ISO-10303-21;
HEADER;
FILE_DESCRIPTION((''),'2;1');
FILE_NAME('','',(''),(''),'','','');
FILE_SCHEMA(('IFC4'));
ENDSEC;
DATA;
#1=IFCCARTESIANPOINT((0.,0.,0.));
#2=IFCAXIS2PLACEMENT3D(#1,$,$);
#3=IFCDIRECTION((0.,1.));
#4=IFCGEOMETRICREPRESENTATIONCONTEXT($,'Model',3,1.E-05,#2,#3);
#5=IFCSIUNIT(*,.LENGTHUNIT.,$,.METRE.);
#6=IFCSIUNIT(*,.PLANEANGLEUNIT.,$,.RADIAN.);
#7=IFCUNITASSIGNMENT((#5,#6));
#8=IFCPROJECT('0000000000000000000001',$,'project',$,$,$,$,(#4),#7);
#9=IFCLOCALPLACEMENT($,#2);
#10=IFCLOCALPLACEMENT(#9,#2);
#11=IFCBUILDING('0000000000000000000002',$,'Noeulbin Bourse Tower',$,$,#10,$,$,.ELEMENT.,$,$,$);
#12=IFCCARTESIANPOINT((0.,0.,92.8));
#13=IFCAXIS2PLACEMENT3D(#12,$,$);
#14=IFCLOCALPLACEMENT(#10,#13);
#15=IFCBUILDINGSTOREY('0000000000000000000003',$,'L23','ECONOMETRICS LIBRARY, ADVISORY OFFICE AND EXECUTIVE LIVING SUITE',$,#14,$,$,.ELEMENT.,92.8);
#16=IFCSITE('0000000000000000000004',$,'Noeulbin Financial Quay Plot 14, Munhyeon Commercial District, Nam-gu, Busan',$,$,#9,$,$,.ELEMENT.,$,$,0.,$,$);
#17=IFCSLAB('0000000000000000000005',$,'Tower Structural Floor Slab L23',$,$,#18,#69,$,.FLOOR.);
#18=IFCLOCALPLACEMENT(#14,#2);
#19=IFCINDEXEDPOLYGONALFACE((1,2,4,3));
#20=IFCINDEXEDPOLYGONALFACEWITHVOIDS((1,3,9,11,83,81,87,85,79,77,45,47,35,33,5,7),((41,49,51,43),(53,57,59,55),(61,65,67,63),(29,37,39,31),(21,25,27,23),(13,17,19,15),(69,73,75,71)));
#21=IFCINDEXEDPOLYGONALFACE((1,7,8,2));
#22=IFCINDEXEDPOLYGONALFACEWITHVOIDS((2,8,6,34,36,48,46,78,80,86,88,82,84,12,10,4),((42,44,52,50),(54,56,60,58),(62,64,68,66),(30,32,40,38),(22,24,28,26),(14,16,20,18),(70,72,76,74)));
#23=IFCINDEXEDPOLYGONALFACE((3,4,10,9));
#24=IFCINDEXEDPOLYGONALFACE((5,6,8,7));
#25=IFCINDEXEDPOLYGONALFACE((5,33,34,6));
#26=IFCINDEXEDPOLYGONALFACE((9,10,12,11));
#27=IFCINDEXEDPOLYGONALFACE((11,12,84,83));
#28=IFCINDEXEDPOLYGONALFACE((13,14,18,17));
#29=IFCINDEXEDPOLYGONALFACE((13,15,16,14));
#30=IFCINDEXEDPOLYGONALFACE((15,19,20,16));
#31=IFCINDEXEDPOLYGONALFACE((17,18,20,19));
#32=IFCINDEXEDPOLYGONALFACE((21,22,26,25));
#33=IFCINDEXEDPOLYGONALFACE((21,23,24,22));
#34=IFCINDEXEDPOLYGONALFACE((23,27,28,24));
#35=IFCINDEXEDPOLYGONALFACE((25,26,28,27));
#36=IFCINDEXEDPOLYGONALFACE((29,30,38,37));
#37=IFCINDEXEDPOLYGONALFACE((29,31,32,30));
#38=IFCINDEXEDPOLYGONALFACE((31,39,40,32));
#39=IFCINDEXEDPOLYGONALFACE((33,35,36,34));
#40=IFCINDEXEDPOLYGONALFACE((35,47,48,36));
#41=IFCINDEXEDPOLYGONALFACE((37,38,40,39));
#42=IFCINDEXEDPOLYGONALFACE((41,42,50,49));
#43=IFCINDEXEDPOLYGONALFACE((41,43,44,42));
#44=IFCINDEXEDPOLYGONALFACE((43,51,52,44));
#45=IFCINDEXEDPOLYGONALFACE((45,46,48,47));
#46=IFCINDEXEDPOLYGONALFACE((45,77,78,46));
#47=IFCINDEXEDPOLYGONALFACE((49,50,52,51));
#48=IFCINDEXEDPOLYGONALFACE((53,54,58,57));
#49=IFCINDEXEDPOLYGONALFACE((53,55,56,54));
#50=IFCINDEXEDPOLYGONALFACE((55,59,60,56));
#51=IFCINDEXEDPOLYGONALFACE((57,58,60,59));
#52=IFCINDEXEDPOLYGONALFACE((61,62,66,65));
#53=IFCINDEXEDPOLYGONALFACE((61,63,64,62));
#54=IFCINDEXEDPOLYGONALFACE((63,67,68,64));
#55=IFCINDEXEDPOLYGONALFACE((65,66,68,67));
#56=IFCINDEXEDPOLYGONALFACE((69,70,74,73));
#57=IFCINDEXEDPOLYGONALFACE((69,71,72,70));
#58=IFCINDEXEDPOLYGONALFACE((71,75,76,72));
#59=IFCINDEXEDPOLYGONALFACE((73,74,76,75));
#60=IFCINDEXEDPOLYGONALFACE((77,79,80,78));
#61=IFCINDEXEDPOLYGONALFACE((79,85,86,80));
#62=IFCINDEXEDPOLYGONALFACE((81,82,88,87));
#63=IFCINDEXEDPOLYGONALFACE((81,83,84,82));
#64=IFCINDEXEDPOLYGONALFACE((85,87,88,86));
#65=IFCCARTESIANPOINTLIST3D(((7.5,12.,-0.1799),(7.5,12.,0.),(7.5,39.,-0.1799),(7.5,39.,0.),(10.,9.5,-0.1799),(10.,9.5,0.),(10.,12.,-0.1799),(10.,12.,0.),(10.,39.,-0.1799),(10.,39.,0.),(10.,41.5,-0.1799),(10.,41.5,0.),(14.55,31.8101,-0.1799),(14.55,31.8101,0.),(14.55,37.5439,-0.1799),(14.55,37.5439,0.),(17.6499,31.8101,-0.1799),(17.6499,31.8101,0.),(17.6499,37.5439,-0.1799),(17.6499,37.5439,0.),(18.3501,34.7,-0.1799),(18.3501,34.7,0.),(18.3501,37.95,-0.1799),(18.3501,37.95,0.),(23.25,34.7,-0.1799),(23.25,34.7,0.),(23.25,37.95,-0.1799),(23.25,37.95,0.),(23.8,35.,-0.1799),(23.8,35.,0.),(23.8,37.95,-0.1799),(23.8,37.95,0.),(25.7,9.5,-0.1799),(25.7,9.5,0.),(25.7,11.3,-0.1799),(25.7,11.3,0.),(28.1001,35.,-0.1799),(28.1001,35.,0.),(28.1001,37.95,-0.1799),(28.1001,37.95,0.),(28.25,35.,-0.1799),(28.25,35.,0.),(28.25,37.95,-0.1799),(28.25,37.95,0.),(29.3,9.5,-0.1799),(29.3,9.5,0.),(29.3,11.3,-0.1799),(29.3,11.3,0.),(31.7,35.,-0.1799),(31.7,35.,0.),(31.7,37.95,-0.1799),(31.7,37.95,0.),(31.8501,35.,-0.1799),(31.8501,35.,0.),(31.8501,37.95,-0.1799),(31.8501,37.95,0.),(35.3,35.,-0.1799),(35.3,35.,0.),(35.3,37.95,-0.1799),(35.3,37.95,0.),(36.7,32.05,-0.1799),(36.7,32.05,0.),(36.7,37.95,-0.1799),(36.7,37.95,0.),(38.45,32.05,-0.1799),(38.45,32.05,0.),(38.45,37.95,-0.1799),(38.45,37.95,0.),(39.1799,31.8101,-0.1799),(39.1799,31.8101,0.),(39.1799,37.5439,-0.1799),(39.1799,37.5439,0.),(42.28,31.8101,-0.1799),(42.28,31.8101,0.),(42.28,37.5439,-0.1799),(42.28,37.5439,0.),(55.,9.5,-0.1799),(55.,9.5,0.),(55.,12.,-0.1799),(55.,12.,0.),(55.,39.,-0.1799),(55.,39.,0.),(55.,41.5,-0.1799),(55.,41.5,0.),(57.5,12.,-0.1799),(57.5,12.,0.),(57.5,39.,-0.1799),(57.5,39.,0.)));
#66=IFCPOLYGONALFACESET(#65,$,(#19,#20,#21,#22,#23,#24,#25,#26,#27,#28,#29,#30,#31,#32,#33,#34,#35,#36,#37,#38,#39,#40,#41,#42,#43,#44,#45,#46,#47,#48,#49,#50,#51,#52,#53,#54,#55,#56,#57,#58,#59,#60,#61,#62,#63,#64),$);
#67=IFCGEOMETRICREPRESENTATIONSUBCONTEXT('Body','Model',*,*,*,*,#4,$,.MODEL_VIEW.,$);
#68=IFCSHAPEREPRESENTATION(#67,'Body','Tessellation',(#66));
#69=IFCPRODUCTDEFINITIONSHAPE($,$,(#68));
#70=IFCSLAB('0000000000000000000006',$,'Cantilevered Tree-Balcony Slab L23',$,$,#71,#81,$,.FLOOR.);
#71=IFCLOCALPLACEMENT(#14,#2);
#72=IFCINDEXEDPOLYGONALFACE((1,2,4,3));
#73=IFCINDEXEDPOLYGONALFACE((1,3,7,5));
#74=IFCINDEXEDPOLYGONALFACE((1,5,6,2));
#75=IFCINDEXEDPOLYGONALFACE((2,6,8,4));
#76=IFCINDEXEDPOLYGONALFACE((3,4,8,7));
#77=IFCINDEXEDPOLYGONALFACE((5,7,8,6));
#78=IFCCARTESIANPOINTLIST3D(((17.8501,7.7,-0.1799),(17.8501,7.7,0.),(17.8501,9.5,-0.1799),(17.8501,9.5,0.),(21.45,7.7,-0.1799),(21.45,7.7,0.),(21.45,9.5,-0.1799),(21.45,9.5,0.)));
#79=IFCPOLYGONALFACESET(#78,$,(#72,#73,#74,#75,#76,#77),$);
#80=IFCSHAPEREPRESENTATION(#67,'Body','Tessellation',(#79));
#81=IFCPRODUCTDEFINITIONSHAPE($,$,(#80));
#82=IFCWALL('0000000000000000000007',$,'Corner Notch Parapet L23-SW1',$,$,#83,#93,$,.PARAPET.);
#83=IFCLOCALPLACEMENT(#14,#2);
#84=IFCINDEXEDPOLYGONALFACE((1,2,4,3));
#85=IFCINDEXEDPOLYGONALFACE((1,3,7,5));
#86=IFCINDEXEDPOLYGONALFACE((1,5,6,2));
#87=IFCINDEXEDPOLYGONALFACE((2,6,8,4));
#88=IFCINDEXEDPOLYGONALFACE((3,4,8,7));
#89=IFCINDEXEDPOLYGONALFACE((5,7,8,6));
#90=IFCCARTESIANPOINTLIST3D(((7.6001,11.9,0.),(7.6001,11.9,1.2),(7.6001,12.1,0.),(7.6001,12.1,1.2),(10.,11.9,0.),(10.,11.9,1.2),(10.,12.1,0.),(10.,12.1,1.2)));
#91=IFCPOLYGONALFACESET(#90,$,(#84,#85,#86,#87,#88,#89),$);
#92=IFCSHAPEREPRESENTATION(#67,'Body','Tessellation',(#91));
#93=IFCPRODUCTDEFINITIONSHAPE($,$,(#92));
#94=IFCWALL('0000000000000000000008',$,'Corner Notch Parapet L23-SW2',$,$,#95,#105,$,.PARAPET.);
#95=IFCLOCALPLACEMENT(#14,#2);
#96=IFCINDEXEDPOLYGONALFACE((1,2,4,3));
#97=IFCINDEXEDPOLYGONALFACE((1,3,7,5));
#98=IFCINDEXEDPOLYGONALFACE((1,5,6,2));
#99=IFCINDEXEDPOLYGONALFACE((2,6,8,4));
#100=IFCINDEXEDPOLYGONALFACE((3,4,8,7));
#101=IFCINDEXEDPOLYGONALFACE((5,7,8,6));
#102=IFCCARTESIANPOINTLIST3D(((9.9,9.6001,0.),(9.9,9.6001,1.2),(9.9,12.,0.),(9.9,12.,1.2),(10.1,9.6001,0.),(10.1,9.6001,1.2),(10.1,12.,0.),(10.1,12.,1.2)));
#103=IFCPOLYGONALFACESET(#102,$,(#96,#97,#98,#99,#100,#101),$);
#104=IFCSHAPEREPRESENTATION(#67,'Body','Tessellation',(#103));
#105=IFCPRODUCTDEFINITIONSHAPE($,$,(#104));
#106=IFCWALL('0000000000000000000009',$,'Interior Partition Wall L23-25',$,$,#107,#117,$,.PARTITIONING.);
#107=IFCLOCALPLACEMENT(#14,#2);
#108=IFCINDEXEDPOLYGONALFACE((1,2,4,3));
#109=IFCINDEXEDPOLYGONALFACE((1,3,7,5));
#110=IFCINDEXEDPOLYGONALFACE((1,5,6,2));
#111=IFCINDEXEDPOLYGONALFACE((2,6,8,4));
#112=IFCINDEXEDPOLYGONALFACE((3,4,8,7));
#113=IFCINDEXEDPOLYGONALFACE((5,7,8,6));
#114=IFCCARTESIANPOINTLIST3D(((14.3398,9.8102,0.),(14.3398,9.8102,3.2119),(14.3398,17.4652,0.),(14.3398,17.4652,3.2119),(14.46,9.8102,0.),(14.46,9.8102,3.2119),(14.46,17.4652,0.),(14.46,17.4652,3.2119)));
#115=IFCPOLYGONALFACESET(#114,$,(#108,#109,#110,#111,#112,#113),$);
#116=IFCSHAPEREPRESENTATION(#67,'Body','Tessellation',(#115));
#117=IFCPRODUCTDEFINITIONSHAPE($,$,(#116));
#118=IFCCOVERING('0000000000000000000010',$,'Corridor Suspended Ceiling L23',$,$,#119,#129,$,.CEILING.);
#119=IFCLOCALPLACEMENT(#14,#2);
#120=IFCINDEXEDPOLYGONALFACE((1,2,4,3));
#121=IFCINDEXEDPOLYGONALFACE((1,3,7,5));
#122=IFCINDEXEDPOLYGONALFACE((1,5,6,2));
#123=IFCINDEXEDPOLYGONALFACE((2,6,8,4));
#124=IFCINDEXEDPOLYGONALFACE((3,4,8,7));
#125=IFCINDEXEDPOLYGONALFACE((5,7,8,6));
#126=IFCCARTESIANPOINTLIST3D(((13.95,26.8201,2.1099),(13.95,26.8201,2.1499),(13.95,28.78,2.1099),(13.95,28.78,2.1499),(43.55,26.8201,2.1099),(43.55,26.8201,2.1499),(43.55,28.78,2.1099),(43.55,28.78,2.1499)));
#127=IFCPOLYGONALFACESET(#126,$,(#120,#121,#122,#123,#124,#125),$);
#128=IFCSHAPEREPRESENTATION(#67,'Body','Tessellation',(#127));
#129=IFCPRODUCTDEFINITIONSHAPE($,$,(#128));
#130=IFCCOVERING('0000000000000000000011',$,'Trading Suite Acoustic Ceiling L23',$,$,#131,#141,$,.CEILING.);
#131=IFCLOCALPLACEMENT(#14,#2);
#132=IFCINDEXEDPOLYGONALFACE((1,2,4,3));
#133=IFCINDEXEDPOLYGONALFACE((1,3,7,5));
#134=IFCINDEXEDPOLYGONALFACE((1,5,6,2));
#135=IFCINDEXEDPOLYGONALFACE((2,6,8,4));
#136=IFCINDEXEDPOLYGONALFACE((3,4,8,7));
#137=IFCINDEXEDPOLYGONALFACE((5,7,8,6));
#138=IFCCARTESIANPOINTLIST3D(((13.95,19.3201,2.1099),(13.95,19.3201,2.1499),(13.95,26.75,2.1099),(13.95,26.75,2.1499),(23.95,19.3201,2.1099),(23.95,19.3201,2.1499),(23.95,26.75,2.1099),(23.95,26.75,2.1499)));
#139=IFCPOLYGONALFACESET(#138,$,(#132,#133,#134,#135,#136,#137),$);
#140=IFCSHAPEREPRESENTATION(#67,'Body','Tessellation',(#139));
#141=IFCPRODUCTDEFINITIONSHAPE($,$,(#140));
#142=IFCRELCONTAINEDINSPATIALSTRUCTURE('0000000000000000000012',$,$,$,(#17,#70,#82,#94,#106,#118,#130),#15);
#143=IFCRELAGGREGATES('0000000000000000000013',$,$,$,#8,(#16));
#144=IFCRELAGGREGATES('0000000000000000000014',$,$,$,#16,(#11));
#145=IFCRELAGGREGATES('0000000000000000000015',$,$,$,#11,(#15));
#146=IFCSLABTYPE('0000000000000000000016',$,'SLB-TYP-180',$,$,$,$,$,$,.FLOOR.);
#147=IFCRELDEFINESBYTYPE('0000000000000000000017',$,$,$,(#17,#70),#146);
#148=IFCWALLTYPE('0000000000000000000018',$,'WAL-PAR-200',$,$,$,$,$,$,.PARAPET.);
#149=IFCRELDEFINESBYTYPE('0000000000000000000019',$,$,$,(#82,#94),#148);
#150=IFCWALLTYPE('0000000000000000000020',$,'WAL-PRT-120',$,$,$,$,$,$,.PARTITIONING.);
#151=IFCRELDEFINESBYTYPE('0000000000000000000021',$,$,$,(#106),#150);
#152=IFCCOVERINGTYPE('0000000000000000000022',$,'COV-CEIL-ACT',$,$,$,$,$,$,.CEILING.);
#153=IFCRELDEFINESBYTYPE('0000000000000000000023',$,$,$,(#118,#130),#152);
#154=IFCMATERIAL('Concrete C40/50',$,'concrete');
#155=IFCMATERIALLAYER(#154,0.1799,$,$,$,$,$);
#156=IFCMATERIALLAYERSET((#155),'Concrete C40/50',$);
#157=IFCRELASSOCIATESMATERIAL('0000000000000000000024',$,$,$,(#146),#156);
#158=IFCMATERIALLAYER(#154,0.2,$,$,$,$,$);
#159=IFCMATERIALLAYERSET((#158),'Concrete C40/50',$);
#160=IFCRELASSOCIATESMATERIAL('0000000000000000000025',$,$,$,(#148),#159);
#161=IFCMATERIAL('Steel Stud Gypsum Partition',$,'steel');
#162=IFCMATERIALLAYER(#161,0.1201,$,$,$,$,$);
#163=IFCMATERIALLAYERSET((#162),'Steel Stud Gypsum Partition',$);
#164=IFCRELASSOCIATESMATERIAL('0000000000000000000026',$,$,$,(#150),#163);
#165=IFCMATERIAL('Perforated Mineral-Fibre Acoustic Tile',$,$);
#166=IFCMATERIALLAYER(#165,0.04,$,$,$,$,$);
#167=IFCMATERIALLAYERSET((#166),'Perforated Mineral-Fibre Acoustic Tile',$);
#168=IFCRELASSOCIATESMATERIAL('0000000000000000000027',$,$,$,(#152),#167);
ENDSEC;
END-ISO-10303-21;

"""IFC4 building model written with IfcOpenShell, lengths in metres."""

from ifc_helpers import new_model, si_unit, direction, frame, frame_2d, origin, place, context, subcontext, project, spatial, polyline, rectangle, outline, extrude, material, layer, layer_set, type_object, element, save


model = new_model("IFC4")

# Units and contexts
model_context = context("Model", 3, precision=1e-05, world=origin(), true_north=direction((0.0, 1.0)))
body_context = subcontext(model_context, "Body", "Model", "MODEL_VIEW")
ifc_project = project(units=[si_unit("LENGTHUNIT", "METRE"), si_unit("PLANEANGLEUNIT", "RADIAN")], contexts=[model_context])

# Site, building, storey
site_placement = place(None, origin())
site = spatial("IfcSite", under=ifc_project, at=site_placement, Name="Noeulbin Financial Quay Plot 14, Munhyeon Commercial District, Nam-gu, Busan", CompositionType="ELEMENT", RefElevation=0.0)
building_placement = place(site_placement, origin())
building = spatial("IfcBuilding", under=site, at=building_placement, Name="Noeulbin Bourse Tower", CompositionType="ELEMENT")
storey_placement = place(building_placement, frame((0.0, 0.0, 92.8)))
storey = spatial("IfcBuildingStorey", under=building, at=storey_placement, Name="L23", Description="ECONOMETRICS LIBRARY, ADVISORY OFFICE AND EXECUTIVE LIVING SUITE", CompositionType="ELEMENT", Elevation=92.8)

# Shared definitions
ifc_material_1 = material(Name="Concrete C40/50", Category="concrete")

# Slab, openings
ifc_layer_1 = layer(ifc_material_1, 0.1799)
ifc_layer_set_1 = layer_set([ifc_layer_1], Name="Concrete C40/50")
slab_type_1 = type_object("IfcSlabType", Name="SLB-TYP-180", PredefinedType="FLOOR", material=ifc_layer_set_1)
slab_1_placement = place(storey_placement, frame((0.0, 0.0, -0.1799)))
slab_1 = element("IfcSlab", 1, at=slab_1_placement, inside=storey, type_object=slab_type_1, Name="Tower Structural Floor Slab L23", PredefinedType="FLOOR", context=body_context, shape_type="SweptSolid", body=[
    extrude(outline(polyline([(10.0, 9.5), (25.7, 9.5), (25.7, 11.3), (29.3, 11.3), (29.3, 9.5), (55.0, 9.5), (55.0, 12.0), (57.5, 12.0), (57.5, 39.0), (55.0, 39.0), (55.0, 41.5), (10.0, 41.5), (10.0, 39.0), (7.5, 39.0), (7.5, 12.0), (10.0, 12.0), (10.0, 9.5)]), holes=[polyline([(17.6499, 31.8101), (17.6499, 37.5439), (14.55, 37.5439), (14.55, 31.8101), (17.6499, 31.8101)]), polyline([(42.28, 31.8101), (42.28, 37.5439), (39.1799, 37.5439), (39.1799, 31.8101), (42.28, 31.8101)]), polyline([(18.3501, 34.7), (23.25, 34.7), (23.25, 37.95), (18.3501, 37.95), (18.3501, 34.7)]), polyline([(36.7, 32.05), (38.45, 32.05), (38.45, 37.95), (36.7, 37.95), (36.7, 32.05)]), polyline([(23.8, 35.0), (28.1001, 35.0), (28.1001, 37.95), (23.8, 37.95), (23.8, 35.0)]), polyline([(28.25, 35.0), (31.7, 35.0), (31.7, 37.95), (28.25, 37.95), (28.25, 35.0)]), polyline([(31.8501, 35.0), (35.3, 35.0), (35.3, 37.95), (31.8501, 37.95), (31.8501, 35.0)])]), origin(), (0.0, 0.0, 1.0), 0.1799),
])
opening_1_placement = place(slab_1_placement, frame((0.0, 0.0, -0.01)))
element("IfcOpeningElement", 2, at=opening_1_placement, cuts=slab_1, PredefinedType="OPENING", context=body_context, shape_type="SweptSolid", body=[
    extrude(outline(polyline([(17.6499, 31.8101), (17.6499, 37.5439), (14.55, 37.5439), (14.55, 31.8101), (17.6499, 31.8101)])), origin(), (0.0, 0.0, 1.0), 0.2),
])
opening_2_placement = place(slab_1_placement, frame((0.0, 0.0, -0.01)))
element("IfcOpeningElement", 3, at=opening_2_placement, cuts=slab_1, PredefinedType="OPENING", context=body_context, shape_type="SweptSolid", body=[
    extrude(outline(polyline([(42.28, 31.8101), (42.28, 37.5439), (39.1799, 37.5439), (39.1799, 31.8101), (42.28, 31.8101)])), origin(), (0.0, 0.0, 1.0), 0.2),
])
opening_3_placement = place(slab_1_placement, frame((0.0, 0.0, -0.01)))
element("IfcOpeningElement", 4, at=opening_3_placement, cuts=slab_1, PredefinedType="OPENING", context=body_context, shape_type="SweptSolid", body=[
    extrude(outline(polyline([(18.3501, 34.7), (23.25, 34.7), (23.25, 37.95), (18.3501, 37.95), (18.3501, 34.7)])), origin(), (0.0, 0.0, 1.0), 0.2),
])
opening_4_placement = place(slab_1_placement, frame((0.0, 0.0, -0.01)))
element("IfcOpeningElement", 5, at=opening_4_placement, cuts=slab_1, PredefinedType="OPENING", context=body_context, shape_type="SweptSolid", body=[
    extrude(outline(polyline([(36.7, 32.05), (38.45, 32.05), (38.45, 37.95), (36.7, 37.95), (36.7, 32.05)])), origin(), (0.0, 0.0, 1.0), 0.2),
])
opening_5_placement = place(slab_1_placement, frame((0.0, 0.0, -0.01)))
element("IfcOpeningElement", 6, at=opening_5_placement, cuts=slab_1, PredefinedType="OPENING", context=body_context, shape_type="SweptSolid", body=[
    extrude(outline(polyline([(23.8, 35.0), (28.1001, 35.0), (28.1001, 37.95), (23.8, 37.95), (23.8, 35.0)])), origin(), (0.0, 0.0, 1.0), 0.2),
])
opening_6_placement = place(slab_1_placement, frame((0.0, 0.0, -0.01)))
element("IfcOpeningElement", 7, at=opening_6_placement, cuts=slab_1, PredefinedType="OPENING", context=body_context, shape_type="SweptSolid", body=[
    extrude(outline(polyline([(28.25, 35.0), (31.7, 35.0), (31.7, 37.95), (28.25, 37.95), (28.25, 35.0)])), origin(), (0.0, 0.0, 1.0), 0.2),
])
opening_7_placement = place(slab_1_placement, frame((0.0, 0.0, -0.01)))
element("IfcOpeningElement", 8, at=opening_7_placement, cuts=slab_1, PredefinedType="OPENING", context=body_context, shape_type="SweptSolid", body=[
    extrude(outline(polyline([(31.8501, 35.0), (35.3, 35.0), (35.3, 37.95), (31.8501, 37.95), (31.8501, 35.0)])), origin(), (0.0, 0.0, 1.0), 0.2),
])

# Slab
slab_2_placement = place(storey_placement, frame((0.0, 0.0, -0.1799)))
element("IfcSlab", 9, at=slab_2_placement, inside=storey, type_object=slab_type_1, Name="Cantilevered Tree-Balcony Slab L23", PredefinedType="FLOOR", context=body_context, shape_type="SweptSolid", body=[
    extrude(outline(polyline([(17.8501, 7.7), (21.45, 7.7), (21.45, 9.5), (17.8501, 9.5), (17.8501, 7.7)])), origin(), (0.0, 0.0, 1.0), 0.1799),
])

# Walls
ifc_layer_2 = layer(ifc_material_1, 0.2)
ifc_layer_set_2 = layer_set([ifc_layer_2], Name="Concrete C40/50")
wall_type_1 = type_object("IfcWallType", Name="WAL-PAR-200", PredefinedType="PARAPET", material=ifc_layer_set_2)
for number, where, z_axis, x_axis, name in (
    (10, (7.6001, 12.0, 0.0), (0.0, 0.0, 1.0), (1.0, 0.0, 0.0), "Corner Notch Parapet L23-SW1"),
    (11, (10.0, 12.0, 0.0), (0.0, 0.0, 1.0), (0.0, -1.0, 0.0), "Corner Notch Parapet L23-SW2"),
):
    element("IfcWall", number, at=place(storey_placement, frame(where, z_axis=z_axis, x_axis=x_axis)), inside=storey, type_object=wall_type_1, Name=name, PredefinedType="PARAPET", context=body_context, shape_type="SweptSolid", body=[
        extrude(rectangle(XDim=2.3999, YDim=0.2, at=frame_2d((1.2, 0.0))), origin(), (0.0, 0.0, 1.0), 1.2),
    ])
ifc_material_2 = material(Name="Steel Stud Gypsum Partition", Category="steel")
ifc_layer_3 = layer(ifc_material_2, 0.1201)
ifc_layer_set_3 = layer_set([ifc_layer_3], Name="Steel Stud Gypsum Partition")
wall_type_2 = type_object("IfcWallType", Name="WAL-PRT-120", PredefinedType="PARTITIONING", material=ifc_layer_set_3)
wall_placement = place(storey_placement, frame((14.3999, 9.8101, 0.0), z_axis=(0.0, 0.0, 1.0), x_axis=(0.0, 1.0, 0.0)))
element("IfcWall", 12, at=wall_placement, inside=storey, type_object=wall_type_2, Name="Interior Partition Wall L23-25", PredefinedType="PARTITIONING", context=body_context, shape_type="SweptSolid", body=[
    extrude(rectangle(XDim=7.655, YDim=0.1201, at=frame_2d((3.8276, 0.0))), origin(), (0.0, 0.0, 1.0), 3.2119),
])

# Coverings
ifc_material_3 = material(Name="Perforated Mineral-Fibre Acoustic Tile")
ifc_layer_4 = layer(ifc_material_3, 0.04)
ifc_layer_set_4 = layer_set([ifc_layer_4], Name="Perforated Mineral-Fibre Acoustic Tile")
covering_type = type_object("IfcCoveringType", Name="COV-CEIL-ACT", PredefinedType="CEILING", material=ifc_layer_set_4)
covering_1_placement = place(storey_placement, frame((0.0, 0.0, 2.1099)))
element("IfcCovering", 13, at=covering_1_placement, inside=storey, type_object=covering_type, Name="Corridor Suspended Ceiling L23", PredefinedType="CEILING", context=body_context, shape_type="SweptSolid", body=[
    extrude(outline(polyline([(13.95, 26.8201), (43.55, 26.8201), (43.55, 28.78), (13.95, 28.78), (13.95, 26.8201)])), origin(), (0.0, 0.0, 1.0), 0.04),
])
covering_2_placement = place(storey_placement, frame((0.0, 0.0, 2.1099)))
element("IfcCovering", 14, at=covering_2_placement, inside=storey, type_object=covering_type, Name="Trading Suite Acoustic Ceiling L23", PredefinedType="CEILING", context=body_context, shape_type="SweptSolid", body=[
    extrude(outline(polyline([(13.95, 19.3201), (23.95, 19.3201), (23.95, 26.75), (13.95, 26.75), (13.95, 19.3201)])), origin(), (0.0, 0.0, 1.0), 0.04),
])

save(model, "model.ifc")
